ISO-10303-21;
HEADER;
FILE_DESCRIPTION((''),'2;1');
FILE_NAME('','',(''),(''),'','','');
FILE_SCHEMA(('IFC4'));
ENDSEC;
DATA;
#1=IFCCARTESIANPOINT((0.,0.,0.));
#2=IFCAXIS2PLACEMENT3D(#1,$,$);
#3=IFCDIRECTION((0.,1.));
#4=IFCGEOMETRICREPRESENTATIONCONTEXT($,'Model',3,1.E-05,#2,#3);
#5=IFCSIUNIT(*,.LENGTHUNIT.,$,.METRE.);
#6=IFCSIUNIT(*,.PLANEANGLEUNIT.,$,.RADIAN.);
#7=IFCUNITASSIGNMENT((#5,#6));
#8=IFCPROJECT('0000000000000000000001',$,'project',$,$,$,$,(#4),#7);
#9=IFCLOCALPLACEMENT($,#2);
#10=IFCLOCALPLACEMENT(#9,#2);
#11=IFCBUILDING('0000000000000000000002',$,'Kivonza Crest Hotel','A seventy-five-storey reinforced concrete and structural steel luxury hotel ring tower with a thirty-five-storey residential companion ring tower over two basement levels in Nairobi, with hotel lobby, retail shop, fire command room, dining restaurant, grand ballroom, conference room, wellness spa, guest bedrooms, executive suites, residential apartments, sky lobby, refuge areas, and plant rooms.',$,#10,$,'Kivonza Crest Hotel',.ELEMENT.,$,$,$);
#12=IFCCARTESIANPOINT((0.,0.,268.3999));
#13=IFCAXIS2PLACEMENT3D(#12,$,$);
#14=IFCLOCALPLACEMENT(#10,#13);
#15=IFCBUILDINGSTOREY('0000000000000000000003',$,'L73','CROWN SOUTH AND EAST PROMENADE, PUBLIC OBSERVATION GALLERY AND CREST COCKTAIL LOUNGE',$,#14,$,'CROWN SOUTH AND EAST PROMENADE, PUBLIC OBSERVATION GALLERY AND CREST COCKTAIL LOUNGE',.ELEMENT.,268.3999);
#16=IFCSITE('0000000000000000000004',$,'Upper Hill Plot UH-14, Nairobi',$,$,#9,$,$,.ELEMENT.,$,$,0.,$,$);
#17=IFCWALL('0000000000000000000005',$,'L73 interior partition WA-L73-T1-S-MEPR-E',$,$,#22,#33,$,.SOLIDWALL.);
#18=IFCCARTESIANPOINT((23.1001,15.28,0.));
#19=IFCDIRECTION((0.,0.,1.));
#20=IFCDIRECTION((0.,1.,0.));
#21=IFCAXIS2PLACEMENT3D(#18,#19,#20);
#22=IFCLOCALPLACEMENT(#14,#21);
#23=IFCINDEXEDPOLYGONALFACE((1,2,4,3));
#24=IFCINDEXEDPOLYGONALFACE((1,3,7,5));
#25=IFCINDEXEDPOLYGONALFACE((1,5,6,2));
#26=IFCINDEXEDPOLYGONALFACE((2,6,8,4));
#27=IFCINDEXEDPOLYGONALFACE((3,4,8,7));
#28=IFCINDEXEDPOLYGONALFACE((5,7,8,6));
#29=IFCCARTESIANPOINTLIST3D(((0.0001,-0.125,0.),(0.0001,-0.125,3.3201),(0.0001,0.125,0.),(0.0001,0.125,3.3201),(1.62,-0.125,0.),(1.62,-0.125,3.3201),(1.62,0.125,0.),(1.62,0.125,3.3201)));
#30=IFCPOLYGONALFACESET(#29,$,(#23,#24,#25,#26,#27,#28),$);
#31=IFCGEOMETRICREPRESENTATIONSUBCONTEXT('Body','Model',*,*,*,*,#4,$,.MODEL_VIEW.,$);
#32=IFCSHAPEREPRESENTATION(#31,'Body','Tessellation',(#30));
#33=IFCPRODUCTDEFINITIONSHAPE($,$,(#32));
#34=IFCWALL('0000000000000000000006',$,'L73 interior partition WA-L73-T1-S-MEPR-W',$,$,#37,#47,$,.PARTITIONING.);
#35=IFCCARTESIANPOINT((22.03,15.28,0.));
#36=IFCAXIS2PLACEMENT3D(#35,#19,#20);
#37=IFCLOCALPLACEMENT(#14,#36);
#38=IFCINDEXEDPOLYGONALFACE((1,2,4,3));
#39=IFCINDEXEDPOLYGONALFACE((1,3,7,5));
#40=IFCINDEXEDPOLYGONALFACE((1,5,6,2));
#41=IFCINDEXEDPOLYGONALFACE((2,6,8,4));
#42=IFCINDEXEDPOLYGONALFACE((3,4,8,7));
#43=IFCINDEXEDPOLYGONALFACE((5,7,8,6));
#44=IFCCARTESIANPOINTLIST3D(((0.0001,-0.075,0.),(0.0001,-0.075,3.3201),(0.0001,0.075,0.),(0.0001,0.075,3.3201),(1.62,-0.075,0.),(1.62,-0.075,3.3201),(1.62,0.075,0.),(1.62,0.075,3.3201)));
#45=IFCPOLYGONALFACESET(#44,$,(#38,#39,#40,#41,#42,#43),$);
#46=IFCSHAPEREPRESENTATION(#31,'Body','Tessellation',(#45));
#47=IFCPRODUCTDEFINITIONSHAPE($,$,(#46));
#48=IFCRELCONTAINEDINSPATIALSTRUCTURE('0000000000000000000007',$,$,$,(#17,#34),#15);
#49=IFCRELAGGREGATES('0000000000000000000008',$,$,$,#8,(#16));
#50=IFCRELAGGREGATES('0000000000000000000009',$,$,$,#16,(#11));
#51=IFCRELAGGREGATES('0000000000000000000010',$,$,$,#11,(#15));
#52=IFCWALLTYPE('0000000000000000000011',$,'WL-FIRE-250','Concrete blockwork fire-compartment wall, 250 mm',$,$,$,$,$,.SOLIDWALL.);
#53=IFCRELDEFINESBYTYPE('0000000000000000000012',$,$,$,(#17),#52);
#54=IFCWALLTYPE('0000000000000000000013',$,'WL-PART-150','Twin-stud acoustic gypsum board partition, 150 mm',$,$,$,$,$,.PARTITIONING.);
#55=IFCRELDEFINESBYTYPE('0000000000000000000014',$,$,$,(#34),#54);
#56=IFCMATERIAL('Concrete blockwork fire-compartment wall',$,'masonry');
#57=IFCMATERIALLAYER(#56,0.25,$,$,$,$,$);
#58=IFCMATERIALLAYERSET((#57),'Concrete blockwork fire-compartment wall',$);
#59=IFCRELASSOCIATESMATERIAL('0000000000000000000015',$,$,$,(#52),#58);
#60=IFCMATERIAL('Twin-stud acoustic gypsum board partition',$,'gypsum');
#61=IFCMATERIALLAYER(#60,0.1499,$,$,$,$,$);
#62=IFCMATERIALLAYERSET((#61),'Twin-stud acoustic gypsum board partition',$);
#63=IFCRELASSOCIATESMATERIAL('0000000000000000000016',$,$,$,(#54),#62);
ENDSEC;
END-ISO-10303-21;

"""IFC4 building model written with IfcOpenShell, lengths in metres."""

from ifc_helpers import new_model, si_unit, direction, frame, frame_2d, origin, place, context, subcontext, project, spatial, rectangle, extrude, material, layer, layer_set, type_object, element, save


model = new_model("IFC4")

# Units and contexts
model_context = context("Model", 3, precision=1e-05, world=origin(), true_north=direction((0.0, 1.0)))
body_context = subcontext(model_context, "Body", "Model", "MODEL_VIEW")
ifc_project = project(units=[si_unit("LENGTHUNIT", "METRE"), si_unit("PLANEANGLEUNIT", "RADIAN")], contexts=[model_context])

# Site, building, storey
site_placement = place(None, origin())
site = spatial("IfcSite", under=ifc_project, at=site_placement, Name="Upper Hill Plot UH-14, Nairobi", CompositionType="ELEMENT", RefElevation=0.0)
building_placement = place(site_placement, origin())
building = spatial("IfcBuilding", under=site, at=building_placement, Name="Kivonza Crest Hotel", Description="A seventy-five-storey reinforced concrete and structural steel luxury hotel ring tower with a thirty-five-storey residential companion ring tower over two basement levels in Nairobi, with hotel lobby, retail shop, fire command room, dining restaurant, grand ballroom, conference room, wellness spa, guest bedrooms, executive suites, residential apartments, sky lobby, refuge areas, and plant rooms.", LongName="Kivonza Crest Hotel", CompositionType="ELEMENT")
storey_placement = place(building_placement, frame((0.0, 0.0, 268.3999)))
storey = spatial("IfcBuildingStorey", under=building, at=storey_placement, Name="L73", Description="CROWN SOUTH AND EAST PROMENADE, PUBLIC OBSERVATION GALLERY AND CREST COCKTAIL LOUNGE", LongName="CROWN SOUTH AND EAST PROMENADE, PUBLIC OBSERVATION GALLERY AND CREST COCKTAIL LOUNGE", CompositionType="ELEMENT", Elevation=268.3999)

# Walls
ifc_material_1 = material(Name="Concrete blockwork fire-compartment wall", Category="masonry")
ifc_layer_1 = layer(ifc_material_1, 0.25)
ifc_layer_set_1 = layer_set([ifc_layer_1], Name="Concrete blockwork fire-compartment wall")
wall_type_1 = type_object("IfcWallType", Name="WL-FIRE-250", Description="Concrete blockwork fire-compartment wall, 250 mm", PredefinedType="SOLIDWALL", material=ifc_layer_set_1)
wall_1_placement = place(storey_placement, frame((23.1001, 15.28, 0.0), z_axis=(0.0, 0.0, 1.0), x_axis=(0.0, 1.0, 0.0)))
element("IfcWall", 1, at=wall_1_placement, inside=storey, type_object=wall_type_1, Name="L73 interior partition WA-L73-T1-S-MEPR-E", PredefinedType="SOLIDWALL", context=body_context, shape_type="SweptSolid", body=[
    extrude(rectangle(XDim=1.6199, YDim=0.25, at=frame_2d((0.8101, 0.0))), origin(), (0.0, 0.0, 1.0), 3.3201),
])
ifc_material_2 = material(Name="Twin-stud acoustic gypsum board partition", Category="gypsum")
ifc_layer_2 = layer(ifc_material_2, 0.1499)
ifc_layer_set_2 = layer_set([ifc_layer_2], Name="Twin-stud acoustic gypsum board partition")
wall_type_2 = type_object("IfcWallType", Name="WL-PART-150", Description="Twin-stud acoustic gypsum board partition, 150 mm", PredefinedType="PARTITIONING", material=ifc_layer_set_2)
wall_2_placement = place(storey_placement, frame((22.03, 15.28, 0.0), z_axis=(0.0, 0.0, 1.0), x_axis=(0.0, 1.0, 0.0)))
element("IfcWall", 2, at=wall_2_placement, inside=storey, type_object=wall_type_2, Name="L73 interior partition WA-L73-T1-S-MEPR-W", PredefinedType="PARTITIONING", context=body_context, shape_type="SweptSolid", body=[
    extrude(rectangle(XDim=1.6199, YDim=0.1499, at=frame_2d((0.8101, 0.0))), origin(), (0.0, 0.0, 1.0), 3.3201),
])

save(model, "model.ifc")
